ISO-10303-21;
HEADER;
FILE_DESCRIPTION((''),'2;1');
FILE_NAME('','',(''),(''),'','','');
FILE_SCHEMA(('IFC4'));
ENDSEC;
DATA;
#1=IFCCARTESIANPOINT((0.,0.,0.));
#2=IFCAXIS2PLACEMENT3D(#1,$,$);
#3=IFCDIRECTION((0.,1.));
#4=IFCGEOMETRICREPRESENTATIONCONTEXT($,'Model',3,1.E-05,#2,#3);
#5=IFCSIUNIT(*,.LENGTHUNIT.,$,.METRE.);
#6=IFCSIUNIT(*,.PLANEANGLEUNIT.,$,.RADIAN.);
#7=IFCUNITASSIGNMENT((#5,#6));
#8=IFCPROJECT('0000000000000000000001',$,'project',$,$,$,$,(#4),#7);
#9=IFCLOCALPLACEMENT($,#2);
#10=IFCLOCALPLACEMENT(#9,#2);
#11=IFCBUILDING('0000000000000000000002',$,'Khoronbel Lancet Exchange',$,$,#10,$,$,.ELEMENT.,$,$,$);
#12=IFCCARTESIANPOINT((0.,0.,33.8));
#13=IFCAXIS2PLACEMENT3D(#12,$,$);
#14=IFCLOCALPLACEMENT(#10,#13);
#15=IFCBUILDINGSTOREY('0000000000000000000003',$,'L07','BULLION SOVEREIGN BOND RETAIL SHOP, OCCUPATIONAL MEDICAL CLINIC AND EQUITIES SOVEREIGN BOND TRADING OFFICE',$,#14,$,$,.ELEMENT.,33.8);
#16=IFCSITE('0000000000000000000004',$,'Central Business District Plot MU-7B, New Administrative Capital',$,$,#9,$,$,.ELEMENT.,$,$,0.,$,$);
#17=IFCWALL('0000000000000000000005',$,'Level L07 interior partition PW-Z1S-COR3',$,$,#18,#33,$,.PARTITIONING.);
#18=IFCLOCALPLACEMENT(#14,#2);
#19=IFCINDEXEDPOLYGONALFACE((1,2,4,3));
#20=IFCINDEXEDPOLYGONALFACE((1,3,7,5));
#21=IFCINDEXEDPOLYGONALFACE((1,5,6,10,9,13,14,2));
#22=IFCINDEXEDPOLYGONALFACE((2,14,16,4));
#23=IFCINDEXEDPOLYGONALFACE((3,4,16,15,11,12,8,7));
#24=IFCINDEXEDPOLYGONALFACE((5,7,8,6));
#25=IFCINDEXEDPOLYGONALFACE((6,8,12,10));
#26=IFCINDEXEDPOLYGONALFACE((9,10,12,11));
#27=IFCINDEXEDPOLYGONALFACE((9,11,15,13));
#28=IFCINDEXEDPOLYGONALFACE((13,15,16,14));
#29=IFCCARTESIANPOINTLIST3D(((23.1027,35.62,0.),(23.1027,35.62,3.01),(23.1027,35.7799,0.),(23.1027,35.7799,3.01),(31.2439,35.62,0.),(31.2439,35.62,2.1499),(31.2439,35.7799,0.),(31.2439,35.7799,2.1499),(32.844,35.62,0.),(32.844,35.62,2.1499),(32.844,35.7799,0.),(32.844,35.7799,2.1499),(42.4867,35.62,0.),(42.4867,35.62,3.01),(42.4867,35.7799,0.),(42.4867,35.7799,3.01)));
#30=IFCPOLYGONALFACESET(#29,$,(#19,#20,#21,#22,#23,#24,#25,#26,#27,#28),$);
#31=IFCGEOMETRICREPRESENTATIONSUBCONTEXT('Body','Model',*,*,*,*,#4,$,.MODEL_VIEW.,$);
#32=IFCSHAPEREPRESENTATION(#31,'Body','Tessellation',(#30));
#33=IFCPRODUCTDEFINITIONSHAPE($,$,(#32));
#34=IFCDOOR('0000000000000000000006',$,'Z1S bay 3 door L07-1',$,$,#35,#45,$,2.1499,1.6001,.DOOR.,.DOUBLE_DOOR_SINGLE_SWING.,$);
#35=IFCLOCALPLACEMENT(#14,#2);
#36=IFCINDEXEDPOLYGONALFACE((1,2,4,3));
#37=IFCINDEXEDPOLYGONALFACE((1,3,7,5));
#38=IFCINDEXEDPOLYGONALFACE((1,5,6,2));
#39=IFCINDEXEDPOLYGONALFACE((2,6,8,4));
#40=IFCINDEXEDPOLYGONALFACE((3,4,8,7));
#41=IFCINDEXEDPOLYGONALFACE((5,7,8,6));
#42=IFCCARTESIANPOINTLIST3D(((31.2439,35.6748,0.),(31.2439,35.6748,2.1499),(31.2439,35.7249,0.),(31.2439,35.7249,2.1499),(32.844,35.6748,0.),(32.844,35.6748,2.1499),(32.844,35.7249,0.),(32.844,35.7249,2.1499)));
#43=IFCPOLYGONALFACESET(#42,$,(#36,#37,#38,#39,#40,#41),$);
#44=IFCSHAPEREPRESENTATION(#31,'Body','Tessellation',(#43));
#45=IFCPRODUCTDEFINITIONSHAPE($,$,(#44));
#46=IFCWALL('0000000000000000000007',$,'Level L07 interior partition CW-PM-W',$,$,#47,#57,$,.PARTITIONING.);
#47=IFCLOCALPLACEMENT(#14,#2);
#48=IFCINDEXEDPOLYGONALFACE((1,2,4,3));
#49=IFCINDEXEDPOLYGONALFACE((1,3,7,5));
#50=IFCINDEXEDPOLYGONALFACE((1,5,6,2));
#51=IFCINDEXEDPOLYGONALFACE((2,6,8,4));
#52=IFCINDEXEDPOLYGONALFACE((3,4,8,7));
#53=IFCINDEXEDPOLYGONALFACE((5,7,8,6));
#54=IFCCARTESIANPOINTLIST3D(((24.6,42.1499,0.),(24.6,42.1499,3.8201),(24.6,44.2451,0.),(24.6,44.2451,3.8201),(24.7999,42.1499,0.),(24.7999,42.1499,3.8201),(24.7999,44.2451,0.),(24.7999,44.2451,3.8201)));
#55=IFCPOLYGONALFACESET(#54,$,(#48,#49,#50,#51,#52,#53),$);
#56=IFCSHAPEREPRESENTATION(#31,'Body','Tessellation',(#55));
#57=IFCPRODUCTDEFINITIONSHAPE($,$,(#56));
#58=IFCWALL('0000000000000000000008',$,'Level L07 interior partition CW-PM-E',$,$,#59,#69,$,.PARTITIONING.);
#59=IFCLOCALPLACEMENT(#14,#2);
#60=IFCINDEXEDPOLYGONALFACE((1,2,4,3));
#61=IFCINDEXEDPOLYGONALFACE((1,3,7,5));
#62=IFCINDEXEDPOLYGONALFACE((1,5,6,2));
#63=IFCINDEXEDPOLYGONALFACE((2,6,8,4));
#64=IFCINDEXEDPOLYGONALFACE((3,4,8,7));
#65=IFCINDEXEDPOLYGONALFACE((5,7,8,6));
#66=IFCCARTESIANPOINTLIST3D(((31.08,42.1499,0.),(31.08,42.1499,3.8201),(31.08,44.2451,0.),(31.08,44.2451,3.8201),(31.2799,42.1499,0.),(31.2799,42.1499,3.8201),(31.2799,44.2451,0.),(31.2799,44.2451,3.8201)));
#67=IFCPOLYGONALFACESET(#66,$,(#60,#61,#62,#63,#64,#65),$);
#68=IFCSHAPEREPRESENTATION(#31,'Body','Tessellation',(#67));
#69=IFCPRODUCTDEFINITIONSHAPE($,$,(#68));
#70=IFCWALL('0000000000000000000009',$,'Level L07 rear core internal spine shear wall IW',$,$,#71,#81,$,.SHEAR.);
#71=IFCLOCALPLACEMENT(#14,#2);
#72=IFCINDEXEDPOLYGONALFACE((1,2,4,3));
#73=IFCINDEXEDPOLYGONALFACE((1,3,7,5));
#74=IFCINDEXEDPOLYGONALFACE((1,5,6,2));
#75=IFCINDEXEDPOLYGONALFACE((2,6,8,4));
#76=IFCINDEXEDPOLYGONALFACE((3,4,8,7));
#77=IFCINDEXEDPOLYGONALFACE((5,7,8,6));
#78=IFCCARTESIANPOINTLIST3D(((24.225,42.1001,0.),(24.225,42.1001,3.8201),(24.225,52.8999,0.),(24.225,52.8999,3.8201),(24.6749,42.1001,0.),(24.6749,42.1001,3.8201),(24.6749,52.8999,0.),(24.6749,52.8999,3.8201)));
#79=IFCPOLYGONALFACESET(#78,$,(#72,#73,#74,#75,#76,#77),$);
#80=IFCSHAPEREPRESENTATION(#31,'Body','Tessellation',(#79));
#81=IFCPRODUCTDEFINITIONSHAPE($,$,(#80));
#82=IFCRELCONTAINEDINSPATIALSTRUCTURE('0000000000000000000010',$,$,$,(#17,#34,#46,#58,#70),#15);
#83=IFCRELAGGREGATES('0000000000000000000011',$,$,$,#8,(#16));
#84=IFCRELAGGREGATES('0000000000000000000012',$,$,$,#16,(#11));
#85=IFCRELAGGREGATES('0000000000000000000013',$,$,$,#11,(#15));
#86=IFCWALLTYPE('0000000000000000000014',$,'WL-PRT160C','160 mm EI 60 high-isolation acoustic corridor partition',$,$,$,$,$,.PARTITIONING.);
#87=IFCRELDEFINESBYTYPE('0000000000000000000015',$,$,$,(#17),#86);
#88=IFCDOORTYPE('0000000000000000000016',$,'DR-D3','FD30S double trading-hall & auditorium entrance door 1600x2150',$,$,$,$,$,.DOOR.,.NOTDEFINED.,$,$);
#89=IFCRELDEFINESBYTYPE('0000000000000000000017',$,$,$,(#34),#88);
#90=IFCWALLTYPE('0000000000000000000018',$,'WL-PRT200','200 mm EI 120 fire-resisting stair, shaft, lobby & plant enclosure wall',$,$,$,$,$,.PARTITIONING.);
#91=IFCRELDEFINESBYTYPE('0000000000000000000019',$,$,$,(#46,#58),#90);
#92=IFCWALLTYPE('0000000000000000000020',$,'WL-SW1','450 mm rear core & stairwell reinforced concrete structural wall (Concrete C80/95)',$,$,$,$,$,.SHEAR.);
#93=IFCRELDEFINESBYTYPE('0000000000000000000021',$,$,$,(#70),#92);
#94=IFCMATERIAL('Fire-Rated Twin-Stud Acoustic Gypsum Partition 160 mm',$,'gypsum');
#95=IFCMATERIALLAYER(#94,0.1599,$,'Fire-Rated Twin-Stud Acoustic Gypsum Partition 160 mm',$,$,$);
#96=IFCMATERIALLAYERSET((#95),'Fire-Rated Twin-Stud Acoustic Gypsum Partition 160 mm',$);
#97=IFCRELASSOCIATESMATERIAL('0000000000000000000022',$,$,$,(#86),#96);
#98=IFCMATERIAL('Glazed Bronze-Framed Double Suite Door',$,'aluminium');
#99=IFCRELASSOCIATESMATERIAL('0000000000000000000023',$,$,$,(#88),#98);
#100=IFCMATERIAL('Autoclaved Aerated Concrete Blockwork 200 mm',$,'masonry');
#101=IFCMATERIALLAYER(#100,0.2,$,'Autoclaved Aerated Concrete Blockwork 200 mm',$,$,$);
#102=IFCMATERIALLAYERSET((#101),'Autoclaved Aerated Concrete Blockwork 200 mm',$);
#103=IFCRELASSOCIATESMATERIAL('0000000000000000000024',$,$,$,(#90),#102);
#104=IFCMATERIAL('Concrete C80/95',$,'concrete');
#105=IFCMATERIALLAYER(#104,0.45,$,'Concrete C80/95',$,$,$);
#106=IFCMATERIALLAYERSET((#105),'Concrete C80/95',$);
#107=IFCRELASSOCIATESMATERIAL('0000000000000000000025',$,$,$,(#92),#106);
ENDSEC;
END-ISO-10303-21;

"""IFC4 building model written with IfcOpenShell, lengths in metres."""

from ifc_helpers import new_model, si_unit, direction, frame, frame_2d, origin, place, context, subcontext, project, spatial, rectangle, extrude, material, layer, layer_set, type_object, element, fill, save


model = new_model("IFC4")

# Units and contexts
model_context = context("Model", 3, precision=1e-05, world=origin(), true_north=direction((0.0, 1.0)))
body_context = subcontext(model_context, "Body", "Model", "MODEL_VIEW")
ifc_project = project(units=[si_unit("LENGTHUNIT", "METRE"), si_unit("PLANEANGLEUNIT", "RADIAN")], contexts=[model_context])

# Site, building, storey
site_placement = place(None, origin())
site = spatial("IfcSite", under=ifc_project, at=site_placement, Name="Central Business District Plot MU-7B, New Administrative Capital", CompositionType="ELEMENT", RefElevation=0.0)
building_placement = place(site_placement, origin())
building = spatial("IfcBuilding", under=site, at=building_placement, Name="Khoronbel Lancet Exchange", CompositionType="ELEMENT")
storey_placement = place(building_placement, frame((0.0, 0.0, 33.8)))
storey = spatial("IfcBuildingStorey", under=building, at=storey_placement, Name="L07", Description="BULLION SOVEREIGN BOND RETAIL SHOP, OCCUPATIONAL MEDICAL CLINIC AND EQUITIES SOVEREIGN BOND TRADING OFFICE", CompositionType="ELEMENT", Elevation=33.8)

# Shared definitions
ifc_material_1 = material(Name="Concrete C80/95", Category="concrete")

# Wall, opening, door
ifc_material_2 = material(Name="Fire-Rated Twin-Stud Acoustic Gypsum Partition 160 mm", Category="gypsum")
ifc_layer_1 = layer(ifc_material_2, 0.1599, Name="Fire-Rated Twin-Stud Acoustic Gypsum Partition 160 mm")
ifc_layer_set_1 = layer_set([ifc_layer_1], Name="Fire-Rated Twin-Stud Acoustic Gypsum Partition 160 mm")
wall_type_1 = type_object("IfcWallType", Name="WL-PRT160C", Description="160 mm EI 60 high-isolation acoustic corridor partition", PredefinedType="PARTITIONING", material=ifc_layer_set_1)
wall_1_placement = place(storey_placement, frame((23.1028, 35.7, 0.0), z_axis=(0.0, 0.0, 1.0), x_axis=(1.0, 0.0, 0.0)))
wall_1 = element("IfcWall", 1, at=wall_1_placement, inside=storey, type_object=wall_type_1, Name="Level L07 interior partition PW-Z1S-COR3", PredefinedType="PARTITIONING", context=body_context, shape_type="SweptSolid", body=[
    extrude(rectangle(XDim=19.384, YDim=0.1599, at=frame_2d((9.6919, 0.0))), origin(), (0.0, 0.0, 1.0), 3.01),
])
opening_1_placement = place(wall_1_placement, frame((8.1411, 0.0, 0.0)))
opening_1 = element("IfcOpeningElement", 2, at=opening_1_placement, cuts=wall_1, PredefinedType="OPENING", context=body_context, shape_type="SweptSolid", body=[
    extrude(rectangle(XDim=1.6001, YDim=2.1499, at=frame_2d((0.8, 1.075))), frame((0.0, 0.0898, 0.0), z_axis=(0.0, -1.0, 0.0), x_axis=(1.0, 0.0, 0.0)), (0.0, 0.0, 1.0), 0.1799),
])
ifc_material_3 = material(Name="Glazed Bronze-Framed Double Suite Door", Category="aluminium")
door_type_1 = type_object("IfcDoorType", Name="DR-D3", Description="FD30S double trading-hall & auditorium entrance door 1600x2150", OperationType="NOTDEFINED", PredefinedType="DOOR", material=ifc_material_3)
door_1_placement = place(opening_1_placement, origin())
door_1 = element("IfcDoor", 3, at=door_1_placement, inside=storey, type_object=door_type_1, Name="Z1S bay 3 door L07-1", OperationType="DOUBLE_DOOR_SINGLE_SWING", OverallHeight=2.1499, OverallWidth=1.6001, PredefinedType="DOOR", context=body_context, shape_type="SweptSolid", body=[
    extrude(rectangle(XDim=1.6001, YDim=2.1499, at=frame_2d((0.8, 1.075))), frame((0.0, 0.0249, 0.0), z_axis=(0.0, -1.0, 0.0), x_axis=(1.0, 0.0, 0.0)), (0.0, 0.0, 1.0), 0.05),
])
fill(opening_1, door_1)
ifc_material_4 = material(Name="Autoclaved Aerated Concrete Blockwork 200 mm", Category="masonry")
ifc_layer_2 = layer(ifc_material_4, 0.2, Name="Autoclaved Aerated Concrete Blockwork 200 mm")
ifc_layer_set_2 = layer_set([ifc_layer_2], Name="Autoclaved Aerated Concrete Blockwork 200 mm")
wall_type_2 = type_object("IfcWallType", Name="WL-PRT200", Description="200 mm EI 120 fire-resisting stair, shaft, lobby & plant enclosure wall", PredefinedType="PARTITIONING", material=ifc_layer_set_2)

# Walls
for number, where, z_axis, x_axis, name in (
    (4, (24.7, 42.1499, 0.0), (0.0, 0.0, 1.0), (0.0, 1.0, 0.0), "Level L07 interior partition CW-PM-W"),
    (5, (31.1799, 42.1499, 0.0), (0.0, 0.0, 1.0), (0.0, 1.0, 0.0), "Level L07 interior partition CW-PM-E"),
):
    element("IfcWall", number, at=place(storey_placement, frame(where, z_axis=z_axis, x_axis=x_axis)), inside=storey, type_object=wall_type_2, Name=name, PredefinedType="PARTITIONING", context=body_context, shape_type="SweptSolid", body=[
        extrude(rectangle(XDim=2.0952, YDim=0.2, at=frame_2d((1.0476, 0.0))), origin(), (0.0, 0.0, 1.0), 3.8201),
    ])
ifc_layer_3 = layer(ifc_material_1, 0.45, Name="Concrete C80/95")
ifc_layer_set_3 = layer_set([ifc_layer_3], Name="Concrete C80/95")
wall_type_3 = type_object("IfcWallType", Name="WL-SW1", Description="450 mm rear core & stairwell reinforced concrete structural wall (Concrete C80/95)", PredefinedType="SHEAR", material=ifc_layer_set_3)
wall_2_placement = place(storey_placement, frame((24.45, 42.1001, 0.0), z_axis=(0.0, 0.0, 1.0), x_axis=(0.0, 1.0, 0.0)))
element("IfcWall", 6, at=wall_2_placement, inside=storey, type_object=wall_type_3, Name="Level L07 rear core internal spine shear wall IW", PredefinedType="SHEAR", context=body_context, shape_type="SweptSolid", body=[
    extrude(rectangle(XDim=10.7998, YDim=0.45, at=frame_2d((5.3999, 0.0))), origin(), (0.0, 0.0, 1.0), 3.8201),
])

save(model, "model.ifc")
